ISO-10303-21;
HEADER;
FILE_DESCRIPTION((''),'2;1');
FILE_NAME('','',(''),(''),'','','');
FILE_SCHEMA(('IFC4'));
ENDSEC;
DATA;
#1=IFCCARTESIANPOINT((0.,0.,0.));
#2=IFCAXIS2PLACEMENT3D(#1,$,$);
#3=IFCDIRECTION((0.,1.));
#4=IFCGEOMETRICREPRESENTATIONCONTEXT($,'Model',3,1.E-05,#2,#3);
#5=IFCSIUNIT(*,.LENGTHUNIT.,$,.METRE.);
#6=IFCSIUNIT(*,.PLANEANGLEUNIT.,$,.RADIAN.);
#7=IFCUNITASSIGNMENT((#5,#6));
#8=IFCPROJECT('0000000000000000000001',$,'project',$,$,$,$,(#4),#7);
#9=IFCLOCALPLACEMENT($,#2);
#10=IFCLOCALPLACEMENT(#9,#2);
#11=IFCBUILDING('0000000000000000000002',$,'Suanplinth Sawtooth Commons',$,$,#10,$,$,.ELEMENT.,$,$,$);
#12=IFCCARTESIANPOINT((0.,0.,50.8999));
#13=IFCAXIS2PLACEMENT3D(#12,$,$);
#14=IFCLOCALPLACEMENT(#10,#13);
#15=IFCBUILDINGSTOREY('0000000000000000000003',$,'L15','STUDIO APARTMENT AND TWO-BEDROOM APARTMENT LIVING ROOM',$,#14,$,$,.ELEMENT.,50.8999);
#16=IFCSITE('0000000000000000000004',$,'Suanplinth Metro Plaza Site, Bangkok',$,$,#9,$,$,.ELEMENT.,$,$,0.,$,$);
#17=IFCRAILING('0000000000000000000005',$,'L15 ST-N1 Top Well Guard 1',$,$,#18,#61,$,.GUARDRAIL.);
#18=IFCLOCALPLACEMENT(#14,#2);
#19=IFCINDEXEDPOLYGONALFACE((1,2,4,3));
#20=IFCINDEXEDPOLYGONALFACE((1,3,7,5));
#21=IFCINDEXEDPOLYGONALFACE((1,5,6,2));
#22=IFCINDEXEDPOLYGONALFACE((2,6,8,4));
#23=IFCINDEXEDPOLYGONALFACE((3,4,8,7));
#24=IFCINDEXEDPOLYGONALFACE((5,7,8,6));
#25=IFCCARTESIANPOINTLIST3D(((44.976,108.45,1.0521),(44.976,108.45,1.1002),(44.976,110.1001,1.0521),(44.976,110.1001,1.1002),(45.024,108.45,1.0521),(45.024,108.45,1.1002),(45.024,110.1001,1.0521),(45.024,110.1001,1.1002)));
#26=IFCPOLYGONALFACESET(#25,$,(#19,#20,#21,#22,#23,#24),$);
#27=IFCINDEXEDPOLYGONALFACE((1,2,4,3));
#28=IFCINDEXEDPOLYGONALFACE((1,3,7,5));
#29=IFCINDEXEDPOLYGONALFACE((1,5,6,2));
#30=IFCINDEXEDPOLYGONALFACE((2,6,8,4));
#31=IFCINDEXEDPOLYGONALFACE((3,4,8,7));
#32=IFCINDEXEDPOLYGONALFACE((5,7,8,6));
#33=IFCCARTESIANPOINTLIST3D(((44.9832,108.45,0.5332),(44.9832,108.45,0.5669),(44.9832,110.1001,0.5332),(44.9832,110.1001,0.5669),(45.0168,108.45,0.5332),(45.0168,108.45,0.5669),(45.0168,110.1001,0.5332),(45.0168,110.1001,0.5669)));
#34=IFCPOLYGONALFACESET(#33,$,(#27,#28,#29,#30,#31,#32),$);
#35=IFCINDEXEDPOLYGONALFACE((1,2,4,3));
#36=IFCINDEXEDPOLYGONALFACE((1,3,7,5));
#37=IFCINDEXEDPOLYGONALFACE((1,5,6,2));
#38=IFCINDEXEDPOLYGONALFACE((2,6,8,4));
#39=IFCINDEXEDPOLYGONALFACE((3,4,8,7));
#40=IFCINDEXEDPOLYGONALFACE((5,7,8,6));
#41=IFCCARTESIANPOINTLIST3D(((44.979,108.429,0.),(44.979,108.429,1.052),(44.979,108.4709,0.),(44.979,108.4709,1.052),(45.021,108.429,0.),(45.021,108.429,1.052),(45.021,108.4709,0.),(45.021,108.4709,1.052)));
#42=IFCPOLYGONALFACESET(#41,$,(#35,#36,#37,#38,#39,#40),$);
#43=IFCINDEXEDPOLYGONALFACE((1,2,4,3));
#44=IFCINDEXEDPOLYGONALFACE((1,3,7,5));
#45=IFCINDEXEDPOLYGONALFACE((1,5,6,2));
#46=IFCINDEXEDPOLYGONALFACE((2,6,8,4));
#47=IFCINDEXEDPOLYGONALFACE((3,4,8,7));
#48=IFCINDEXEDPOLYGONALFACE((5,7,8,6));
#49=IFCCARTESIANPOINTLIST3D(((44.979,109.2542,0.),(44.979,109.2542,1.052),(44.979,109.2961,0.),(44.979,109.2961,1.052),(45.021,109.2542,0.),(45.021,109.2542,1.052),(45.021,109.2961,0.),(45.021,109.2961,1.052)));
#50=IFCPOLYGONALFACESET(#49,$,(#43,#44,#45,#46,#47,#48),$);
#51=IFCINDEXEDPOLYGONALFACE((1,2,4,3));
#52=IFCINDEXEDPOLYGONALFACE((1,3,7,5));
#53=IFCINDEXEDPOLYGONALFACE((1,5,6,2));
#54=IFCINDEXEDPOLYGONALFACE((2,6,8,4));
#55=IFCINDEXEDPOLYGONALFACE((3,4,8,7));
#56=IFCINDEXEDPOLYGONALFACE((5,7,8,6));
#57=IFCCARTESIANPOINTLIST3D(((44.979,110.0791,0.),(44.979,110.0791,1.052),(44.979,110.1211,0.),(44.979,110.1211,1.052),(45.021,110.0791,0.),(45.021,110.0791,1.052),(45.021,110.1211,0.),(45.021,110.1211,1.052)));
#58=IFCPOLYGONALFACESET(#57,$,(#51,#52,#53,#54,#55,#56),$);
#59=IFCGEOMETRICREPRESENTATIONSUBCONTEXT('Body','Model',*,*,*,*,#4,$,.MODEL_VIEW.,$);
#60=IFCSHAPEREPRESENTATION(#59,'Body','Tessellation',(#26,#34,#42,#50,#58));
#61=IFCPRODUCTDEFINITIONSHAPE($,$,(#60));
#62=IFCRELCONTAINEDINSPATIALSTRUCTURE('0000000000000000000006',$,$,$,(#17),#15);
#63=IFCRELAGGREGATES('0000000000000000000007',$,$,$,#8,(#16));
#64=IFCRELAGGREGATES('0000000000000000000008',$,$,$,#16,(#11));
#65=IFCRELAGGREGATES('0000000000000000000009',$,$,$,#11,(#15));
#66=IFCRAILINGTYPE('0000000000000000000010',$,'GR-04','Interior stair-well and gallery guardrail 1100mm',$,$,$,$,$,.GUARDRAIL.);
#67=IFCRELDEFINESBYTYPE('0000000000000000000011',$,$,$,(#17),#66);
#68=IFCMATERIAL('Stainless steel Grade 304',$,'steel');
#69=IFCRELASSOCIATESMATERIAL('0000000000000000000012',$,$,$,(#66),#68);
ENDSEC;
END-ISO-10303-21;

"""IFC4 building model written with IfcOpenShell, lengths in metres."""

from ifc_helpers import new_model, si_unit, direction, frame, origin, origin_2d, place, context, subcontext, project, spatial, rectangle, extrude, material, type_object, element, save


model = new_model("IFC4")

# Units and contexts
model_context = context("Model", 3, precision=1e-05, world=origin(), true_north=direction((0.0, 1.0)))
body_context = subcontext(model_context, "Body", "Model", "MODEL_VIEW")
ifc_project = project(units=[si_unit("LENGTHUNIT", "METRE"), si_unit("PLANEANGLEUNIT", "RADIAN")], contexts=[model_context])

# Site, building, storey
site_placement = place(None, origin())
site = spatial("IfcSite", under=ifc_project, at=site_placement, Name="Suanplinth Metro Plaza Site, Bangkok", CompositionType="ELEMENT", RefElevation=0.0)
building_placement = place(site_placement, origin())
building = spatial("IfcBuilding", under=site, at=building_placement, Name="Suanplinth Sawtooth Commons", CompositionType="ELEMENT")
storey_placement = place(building_placement, frame((0.0, 0.0, 50.8999)))
storey = spatial("IfcBuildingStorey", under=building, at=storey_placement, Name="L15", Description="STUDIO APARTMENT AND TWO-BEDROOM APARTMENT LIVING ROOM", CompositionType="ELEMENT", Elevation=50.8999)

# Railing
ifc_material_1 = material(Name="Stainless steel Grade 304", Category="steel")
railing_type_1 = type_object("IfcRailingType", Name="GR-04", Description="Interior stair-well and gallery guardrail 1100mm", PredefinedType="GUARDRAIL", material=ifc_material_1)
railing_1_placement = place(storey_placement, frame((45.0, 108.45, 0.0)))
element("IfcRailing", 1, at=railing_1_placement, inside=storey, type_object=railing_type_1, Name="L15 ST-N1 Top Well Guard 1", PredefinedType="GUARDRAIL", context=body_context, shape_type="SweptSolid", body=[
    extrude(rectangle(XDim=0.0481, YDim=0.0481, at=origin_2d()), frame((0.0, 0.0, 1.0762), z_axis=(0.0, 1.0, 0.0), x_axis=(-1.0, 0.0, 0.0)), (0.0, 0.0, 1.0), 1.6501),
    extrude(rectangle(XDim=0.0337, YDim=0.0337, at=origin_2d()), frame((0.0, 0.0, 0.55), z_axis=(0.0, 1.0, 0.0), x_axis=(-1.0, 0.0, 0.0)), (0.0, 0.0, 1.0), 1.6501),
    extrude(rectangle(XDim=0.042, YDim=0.042, at=origin_2d()), origin(), (0.0, 0.0, 1.0), 1.052),
    extrude(rectangle(XDim=0.042, YDim=0.042, at=origin_2d()), frame((0.0, 0.8252, 0.0)), (0.0, 0.0, 1.0), 1.052),
    extrude(rectangle(XDim=0.042, YDim=0.042, at=origin_2d()), frame((0.0, 1.6501, 0.0)), (0.0, 0.0, 1.0), 1.052),
])

save(model, "model.ifc")
